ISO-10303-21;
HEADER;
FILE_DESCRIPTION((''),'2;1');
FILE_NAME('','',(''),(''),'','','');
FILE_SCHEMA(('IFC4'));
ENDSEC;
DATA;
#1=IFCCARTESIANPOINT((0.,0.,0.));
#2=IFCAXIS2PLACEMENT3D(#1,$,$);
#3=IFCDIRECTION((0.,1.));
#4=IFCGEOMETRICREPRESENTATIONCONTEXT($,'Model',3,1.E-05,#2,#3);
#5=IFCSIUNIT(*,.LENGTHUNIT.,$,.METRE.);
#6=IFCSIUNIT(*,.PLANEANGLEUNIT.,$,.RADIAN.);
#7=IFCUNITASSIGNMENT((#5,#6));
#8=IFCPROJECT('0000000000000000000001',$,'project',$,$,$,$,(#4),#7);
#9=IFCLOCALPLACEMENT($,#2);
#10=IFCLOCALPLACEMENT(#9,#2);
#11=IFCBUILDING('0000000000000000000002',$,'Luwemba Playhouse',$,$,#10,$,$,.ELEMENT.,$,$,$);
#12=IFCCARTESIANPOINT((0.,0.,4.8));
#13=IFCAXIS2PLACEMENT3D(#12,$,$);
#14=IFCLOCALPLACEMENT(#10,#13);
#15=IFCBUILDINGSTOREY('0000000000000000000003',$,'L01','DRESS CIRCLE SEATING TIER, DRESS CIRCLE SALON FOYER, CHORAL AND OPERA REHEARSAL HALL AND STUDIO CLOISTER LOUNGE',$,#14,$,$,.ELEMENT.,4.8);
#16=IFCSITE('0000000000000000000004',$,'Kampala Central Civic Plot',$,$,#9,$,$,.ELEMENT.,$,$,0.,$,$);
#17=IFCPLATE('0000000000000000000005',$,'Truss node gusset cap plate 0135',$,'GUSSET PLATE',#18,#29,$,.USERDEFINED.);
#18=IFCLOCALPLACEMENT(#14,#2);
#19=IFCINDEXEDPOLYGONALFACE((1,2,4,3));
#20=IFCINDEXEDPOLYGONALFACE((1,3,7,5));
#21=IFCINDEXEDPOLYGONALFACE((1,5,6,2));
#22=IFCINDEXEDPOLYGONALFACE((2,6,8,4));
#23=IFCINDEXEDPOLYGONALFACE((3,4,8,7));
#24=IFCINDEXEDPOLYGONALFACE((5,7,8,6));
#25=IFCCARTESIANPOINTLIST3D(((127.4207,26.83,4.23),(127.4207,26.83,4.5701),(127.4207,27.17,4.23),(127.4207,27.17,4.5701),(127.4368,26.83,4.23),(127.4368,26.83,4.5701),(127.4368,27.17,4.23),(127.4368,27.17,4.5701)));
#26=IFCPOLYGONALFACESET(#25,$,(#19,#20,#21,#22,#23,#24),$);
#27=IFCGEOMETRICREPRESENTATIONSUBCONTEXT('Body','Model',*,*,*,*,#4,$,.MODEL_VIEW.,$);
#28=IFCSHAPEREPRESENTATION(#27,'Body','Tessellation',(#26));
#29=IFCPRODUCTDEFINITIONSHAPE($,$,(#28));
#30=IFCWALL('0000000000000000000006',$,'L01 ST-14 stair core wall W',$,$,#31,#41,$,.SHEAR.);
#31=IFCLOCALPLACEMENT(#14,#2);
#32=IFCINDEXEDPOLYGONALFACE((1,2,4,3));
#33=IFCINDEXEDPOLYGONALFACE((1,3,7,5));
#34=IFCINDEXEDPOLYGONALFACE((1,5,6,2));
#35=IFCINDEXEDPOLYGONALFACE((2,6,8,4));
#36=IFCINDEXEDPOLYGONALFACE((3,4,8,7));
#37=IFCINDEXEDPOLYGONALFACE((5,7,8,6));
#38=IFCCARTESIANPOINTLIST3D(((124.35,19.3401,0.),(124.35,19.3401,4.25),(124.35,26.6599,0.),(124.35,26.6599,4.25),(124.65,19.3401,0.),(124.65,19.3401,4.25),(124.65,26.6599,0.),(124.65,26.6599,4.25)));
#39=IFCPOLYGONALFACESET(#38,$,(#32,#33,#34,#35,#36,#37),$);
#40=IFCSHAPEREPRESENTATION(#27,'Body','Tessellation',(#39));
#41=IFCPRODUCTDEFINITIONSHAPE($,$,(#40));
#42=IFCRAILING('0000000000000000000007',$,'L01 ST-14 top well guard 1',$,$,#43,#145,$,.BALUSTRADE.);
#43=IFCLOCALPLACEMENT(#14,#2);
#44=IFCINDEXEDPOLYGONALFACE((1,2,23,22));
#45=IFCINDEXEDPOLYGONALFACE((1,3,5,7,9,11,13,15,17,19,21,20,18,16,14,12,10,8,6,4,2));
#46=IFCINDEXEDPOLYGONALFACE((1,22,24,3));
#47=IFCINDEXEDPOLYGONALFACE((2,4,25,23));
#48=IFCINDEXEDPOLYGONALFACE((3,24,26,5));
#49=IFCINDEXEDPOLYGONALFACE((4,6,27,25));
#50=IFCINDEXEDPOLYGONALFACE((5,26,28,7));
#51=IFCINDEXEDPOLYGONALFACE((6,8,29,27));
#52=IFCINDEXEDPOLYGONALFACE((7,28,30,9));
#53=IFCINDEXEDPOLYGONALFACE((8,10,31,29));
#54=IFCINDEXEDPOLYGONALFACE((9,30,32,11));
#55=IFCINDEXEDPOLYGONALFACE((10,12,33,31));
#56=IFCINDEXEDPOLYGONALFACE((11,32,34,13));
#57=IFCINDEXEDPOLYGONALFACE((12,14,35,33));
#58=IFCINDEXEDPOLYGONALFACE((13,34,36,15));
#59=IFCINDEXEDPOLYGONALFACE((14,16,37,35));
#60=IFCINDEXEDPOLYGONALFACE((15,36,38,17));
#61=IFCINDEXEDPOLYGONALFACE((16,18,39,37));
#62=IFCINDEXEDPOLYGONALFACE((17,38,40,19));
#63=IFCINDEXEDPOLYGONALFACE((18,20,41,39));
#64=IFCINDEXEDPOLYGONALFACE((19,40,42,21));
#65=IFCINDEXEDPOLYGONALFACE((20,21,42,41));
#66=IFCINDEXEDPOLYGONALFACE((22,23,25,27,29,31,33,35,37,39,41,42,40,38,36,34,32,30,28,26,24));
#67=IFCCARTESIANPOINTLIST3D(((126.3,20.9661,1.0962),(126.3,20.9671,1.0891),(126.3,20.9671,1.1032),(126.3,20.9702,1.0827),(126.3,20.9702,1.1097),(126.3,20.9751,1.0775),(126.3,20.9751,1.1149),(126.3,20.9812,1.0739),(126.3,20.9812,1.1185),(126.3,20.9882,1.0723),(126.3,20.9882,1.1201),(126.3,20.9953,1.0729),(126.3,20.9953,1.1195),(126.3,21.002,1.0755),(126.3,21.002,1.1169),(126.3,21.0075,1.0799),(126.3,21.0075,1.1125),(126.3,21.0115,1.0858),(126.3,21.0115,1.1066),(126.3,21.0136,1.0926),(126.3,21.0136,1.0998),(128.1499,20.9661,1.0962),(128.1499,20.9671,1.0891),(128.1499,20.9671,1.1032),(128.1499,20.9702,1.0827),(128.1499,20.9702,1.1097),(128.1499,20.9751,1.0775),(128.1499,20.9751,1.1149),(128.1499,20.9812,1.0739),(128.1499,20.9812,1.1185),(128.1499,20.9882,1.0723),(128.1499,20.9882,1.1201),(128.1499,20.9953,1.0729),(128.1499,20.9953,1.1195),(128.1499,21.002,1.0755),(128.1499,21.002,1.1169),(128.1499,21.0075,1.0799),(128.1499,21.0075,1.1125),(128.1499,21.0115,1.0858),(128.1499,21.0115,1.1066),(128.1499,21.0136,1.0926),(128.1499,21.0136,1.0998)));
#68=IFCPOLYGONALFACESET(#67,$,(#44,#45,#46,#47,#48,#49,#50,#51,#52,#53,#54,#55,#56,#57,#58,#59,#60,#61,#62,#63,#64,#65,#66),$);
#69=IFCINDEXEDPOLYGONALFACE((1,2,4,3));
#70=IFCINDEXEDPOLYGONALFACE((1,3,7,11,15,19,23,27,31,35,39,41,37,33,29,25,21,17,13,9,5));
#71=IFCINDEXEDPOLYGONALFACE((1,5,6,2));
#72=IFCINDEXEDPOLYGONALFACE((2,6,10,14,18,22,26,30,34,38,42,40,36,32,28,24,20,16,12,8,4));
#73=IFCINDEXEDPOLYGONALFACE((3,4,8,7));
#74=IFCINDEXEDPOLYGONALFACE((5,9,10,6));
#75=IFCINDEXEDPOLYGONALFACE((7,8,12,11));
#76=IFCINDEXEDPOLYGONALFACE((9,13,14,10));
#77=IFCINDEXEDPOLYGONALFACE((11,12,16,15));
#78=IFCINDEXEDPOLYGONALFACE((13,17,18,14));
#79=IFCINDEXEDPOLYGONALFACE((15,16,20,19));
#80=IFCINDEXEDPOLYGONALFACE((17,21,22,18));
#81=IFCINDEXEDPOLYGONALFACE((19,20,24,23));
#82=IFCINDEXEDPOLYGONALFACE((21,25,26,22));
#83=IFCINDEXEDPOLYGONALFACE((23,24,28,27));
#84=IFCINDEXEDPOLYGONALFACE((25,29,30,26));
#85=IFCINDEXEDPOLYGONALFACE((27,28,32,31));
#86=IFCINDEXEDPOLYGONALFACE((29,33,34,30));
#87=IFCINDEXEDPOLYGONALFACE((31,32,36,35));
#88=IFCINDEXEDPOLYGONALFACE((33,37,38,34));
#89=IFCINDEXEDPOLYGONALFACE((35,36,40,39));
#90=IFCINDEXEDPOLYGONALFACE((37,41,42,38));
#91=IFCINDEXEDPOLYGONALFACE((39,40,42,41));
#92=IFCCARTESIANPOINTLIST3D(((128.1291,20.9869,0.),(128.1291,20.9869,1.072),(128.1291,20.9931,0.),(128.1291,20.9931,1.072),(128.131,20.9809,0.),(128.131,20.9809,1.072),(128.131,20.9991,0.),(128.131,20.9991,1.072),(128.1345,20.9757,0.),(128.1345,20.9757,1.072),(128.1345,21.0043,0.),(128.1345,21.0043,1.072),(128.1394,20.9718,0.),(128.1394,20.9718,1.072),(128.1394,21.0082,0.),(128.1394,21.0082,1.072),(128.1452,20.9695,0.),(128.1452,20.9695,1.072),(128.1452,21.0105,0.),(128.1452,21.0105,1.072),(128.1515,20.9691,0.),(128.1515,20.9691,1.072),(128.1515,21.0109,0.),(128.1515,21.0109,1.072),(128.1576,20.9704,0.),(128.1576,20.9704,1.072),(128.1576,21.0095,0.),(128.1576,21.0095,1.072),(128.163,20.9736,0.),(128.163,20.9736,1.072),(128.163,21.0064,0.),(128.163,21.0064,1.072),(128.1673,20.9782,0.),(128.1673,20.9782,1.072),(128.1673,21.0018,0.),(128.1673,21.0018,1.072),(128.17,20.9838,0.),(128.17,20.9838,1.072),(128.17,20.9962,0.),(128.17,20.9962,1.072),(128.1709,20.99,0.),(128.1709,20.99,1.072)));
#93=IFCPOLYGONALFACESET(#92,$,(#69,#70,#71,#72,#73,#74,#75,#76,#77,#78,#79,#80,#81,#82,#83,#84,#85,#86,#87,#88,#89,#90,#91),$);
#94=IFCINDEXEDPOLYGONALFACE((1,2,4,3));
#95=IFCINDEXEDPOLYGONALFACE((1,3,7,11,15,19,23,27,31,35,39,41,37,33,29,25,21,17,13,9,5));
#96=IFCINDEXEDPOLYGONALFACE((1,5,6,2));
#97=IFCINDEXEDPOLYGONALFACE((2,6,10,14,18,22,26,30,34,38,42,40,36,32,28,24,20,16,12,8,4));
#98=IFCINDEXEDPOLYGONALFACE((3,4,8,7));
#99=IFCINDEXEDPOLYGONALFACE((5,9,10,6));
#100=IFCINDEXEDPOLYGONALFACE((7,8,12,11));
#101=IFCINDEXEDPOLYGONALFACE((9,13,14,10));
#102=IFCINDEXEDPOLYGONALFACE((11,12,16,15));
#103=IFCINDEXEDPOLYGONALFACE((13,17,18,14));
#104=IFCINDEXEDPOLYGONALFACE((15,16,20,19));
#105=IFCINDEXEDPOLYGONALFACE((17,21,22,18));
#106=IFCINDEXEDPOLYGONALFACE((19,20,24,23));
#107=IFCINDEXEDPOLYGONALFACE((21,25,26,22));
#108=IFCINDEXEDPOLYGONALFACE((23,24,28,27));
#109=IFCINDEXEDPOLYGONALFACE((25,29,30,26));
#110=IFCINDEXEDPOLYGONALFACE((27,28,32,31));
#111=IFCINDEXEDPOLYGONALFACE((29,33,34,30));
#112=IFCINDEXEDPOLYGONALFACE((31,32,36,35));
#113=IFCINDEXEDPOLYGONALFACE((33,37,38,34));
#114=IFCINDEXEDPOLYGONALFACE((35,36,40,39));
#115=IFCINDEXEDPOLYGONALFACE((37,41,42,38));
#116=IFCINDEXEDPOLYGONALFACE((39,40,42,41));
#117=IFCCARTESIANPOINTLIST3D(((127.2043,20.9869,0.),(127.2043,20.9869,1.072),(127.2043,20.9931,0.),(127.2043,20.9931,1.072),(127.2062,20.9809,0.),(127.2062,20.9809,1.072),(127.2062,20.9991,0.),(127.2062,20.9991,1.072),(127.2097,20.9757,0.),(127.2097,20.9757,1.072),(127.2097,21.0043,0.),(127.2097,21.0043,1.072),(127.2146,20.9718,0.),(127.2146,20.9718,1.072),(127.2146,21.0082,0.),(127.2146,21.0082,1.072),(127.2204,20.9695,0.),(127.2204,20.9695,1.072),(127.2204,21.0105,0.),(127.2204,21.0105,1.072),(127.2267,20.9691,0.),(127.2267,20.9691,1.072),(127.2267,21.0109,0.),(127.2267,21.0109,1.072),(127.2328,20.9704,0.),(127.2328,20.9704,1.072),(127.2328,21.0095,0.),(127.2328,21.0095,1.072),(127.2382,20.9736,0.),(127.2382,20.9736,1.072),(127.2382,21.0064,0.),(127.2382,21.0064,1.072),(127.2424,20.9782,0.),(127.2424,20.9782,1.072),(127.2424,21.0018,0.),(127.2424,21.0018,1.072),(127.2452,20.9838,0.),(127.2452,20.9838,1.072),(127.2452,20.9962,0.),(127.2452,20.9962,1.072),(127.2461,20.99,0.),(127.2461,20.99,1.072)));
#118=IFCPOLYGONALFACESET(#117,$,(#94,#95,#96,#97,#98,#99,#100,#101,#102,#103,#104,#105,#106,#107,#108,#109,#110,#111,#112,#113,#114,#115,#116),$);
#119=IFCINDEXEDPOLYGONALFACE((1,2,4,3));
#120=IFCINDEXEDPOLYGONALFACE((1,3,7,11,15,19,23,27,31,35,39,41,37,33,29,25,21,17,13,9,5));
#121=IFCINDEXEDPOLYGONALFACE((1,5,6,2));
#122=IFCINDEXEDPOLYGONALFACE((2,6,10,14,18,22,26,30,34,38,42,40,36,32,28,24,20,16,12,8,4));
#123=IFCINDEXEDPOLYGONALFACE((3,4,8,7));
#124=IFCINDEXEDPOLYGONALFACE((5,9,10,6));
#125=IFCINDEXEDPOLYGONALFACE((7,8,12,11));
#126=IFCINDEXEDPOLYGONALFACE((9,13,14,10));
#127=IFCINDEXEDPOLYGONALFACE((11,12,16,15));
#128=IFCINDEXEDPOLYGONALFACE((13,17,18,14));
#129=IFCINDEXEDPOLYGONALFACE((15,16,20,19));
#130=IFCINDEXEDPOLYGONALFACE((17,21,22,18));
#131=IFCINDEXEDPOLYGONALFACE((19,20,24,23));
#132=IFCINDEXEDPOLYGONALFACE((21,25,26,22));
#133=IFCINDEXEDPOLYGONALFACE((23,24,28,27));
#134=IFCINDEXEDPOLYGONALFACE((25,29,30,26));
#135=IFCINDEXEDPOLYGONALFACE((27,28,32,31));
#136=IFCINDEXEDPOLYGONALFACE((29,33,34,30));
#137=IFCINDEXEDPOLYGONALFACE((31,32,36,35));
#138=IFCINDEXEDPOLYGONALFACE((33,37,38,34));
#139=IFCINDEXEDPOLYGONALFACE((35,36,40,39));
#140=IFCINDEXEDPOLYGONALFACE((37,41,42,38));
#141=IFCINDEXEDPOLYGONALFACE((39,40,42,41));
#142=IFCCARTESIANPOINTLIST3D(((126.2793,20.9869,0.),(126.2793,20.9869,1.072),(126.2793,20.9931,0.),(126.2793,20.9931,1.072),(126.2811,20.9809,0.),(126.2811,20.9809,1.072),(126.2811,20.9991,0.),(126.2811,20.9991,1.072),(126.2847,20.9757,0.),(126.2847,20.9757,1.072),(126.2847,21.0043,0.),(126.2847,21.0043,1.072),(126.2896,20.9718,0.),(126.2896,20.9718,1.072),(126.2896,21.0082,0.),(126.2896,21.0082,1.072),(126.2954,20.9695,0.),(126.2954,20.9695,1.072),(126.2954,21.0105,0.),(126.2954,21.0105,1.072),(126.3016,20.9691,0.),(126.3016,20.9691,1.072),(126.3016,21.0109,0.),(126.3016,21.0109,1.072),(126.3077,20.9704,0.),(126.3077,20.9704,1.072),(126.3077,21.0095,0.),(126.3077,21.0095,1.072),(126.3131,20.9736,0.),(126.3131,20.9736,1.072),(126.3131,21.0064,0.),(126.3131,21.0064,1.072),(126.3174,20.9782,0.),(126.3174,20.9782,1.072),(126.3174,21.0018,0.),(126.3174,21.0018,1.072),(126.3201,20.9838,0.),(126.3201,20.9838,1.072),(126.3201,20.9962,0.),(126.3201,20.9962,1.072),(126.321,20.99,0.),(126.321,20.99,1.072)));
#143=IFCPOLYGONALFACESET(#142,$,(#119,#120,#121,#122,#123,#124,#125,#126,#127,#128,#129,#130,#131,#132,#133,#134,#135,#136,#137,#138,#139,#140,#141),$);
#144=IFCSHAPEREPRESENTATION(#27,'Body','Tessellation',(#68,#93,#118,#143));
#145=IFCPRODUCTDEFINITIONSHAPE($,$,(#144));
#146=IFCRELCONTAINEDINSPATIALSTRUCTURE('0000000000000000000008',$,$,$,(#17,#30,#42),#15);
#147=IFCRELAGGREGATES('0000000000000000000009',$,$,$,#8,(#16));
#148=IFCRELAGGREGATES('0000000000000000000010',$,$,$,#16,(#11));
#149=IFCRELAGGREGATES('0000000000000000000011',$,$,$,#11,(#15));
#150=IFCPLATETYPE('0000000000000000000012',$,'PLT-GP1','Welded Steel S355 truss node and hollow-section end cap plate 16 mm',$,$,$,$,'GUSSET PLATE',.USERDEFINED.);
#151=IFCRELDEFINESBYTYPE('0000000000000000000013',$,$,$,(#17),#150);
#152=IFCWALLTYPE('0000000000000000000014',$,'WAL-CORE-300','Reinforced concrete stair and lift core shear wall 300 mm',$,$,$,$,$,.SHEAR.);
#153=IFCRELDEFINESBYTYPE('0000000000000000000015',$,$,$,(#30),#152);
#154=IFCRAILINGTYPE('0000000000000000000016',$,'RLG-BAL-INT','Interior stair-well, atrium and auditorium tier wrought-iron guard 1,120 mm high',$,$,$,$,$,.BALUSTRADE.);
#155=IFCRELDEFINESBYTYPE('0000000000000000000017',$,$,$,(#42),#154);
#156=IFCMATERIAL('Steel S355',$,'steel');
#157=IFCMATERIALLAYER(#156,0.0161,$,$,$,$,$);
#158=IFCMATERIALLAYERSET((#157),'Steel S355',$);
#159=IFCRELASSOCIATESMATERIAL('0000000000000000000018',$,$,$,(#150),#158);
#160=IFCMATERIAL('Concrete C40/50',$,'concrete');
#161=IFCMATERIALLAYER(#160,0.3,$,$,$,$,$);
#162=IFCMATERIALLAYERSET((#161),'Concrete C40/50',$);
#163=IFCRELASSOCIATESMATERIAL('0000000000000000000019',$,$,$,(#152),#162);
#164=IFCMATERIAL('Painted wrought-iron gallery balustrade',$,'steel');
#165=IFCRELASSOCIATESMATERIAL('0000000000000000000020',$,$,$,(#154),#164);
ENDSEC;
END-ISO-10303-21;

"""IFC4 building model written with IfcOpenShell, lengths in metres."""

from ifc_helpers import new_model, si_unit, direction, frame, frame_2d, origin, origin_2d, place, context, subcontext, project, spatial, rectangle, circle, extrude, material, layer, layer_set, type_object, element, save


model = new_model("IFC4")

# Units and contexts
model_context = context("Model", 3, precision=1e-05, world=origin(), true_north=direction((0.0, 1.0)))
body_context = subcontext(model_context, "Body", "Model", "MODEL_VIEW")
ifc_project = project(units=[si_unit("LENGTHUNIT", "METRE"), si_unit("PLANEANGLEUNIT", "RADIAN")], contexts=[model_context])

# Site, building, storey
site_placement = place(None, origin())
site = spatial("IfcSite", under=ifc_project, at=site_placement, Name="Kampala Central Civic Plot", CompositionType="ELEMENT", RefElevation=0.0)
building_placement = place(site_placement, origin())
building = spatial("IfcBuilding", under=site, at=building_placement, Name="Luwemba Playhouse", CompositionType="ELEMENT")
storey_placement = place(building_placement, frame((0.0, 0.0, 4.8)))
storey = spatial("IfcBuildingStorey", under=building, at=storey_placement, Name="L01", Description="DRESS CIRCLE SEATING TIER, DRESS CIRCLE SALON FOYER, CHORAL AND OPERA REHEARSAL HALL AND STUDIO CLOISTER LOUNGE", CompositionType="ELEMENT", Elevation=4.8)

# Shared definitions
ifc_material_1 = material(Name="Concrete C40/50", Category="concrete")

# Shared definitions
ifc_material_2 = material(Name="Steel S355", Category="steel")

# Plate
ifc_layer_1 = layer(ifc_material_2, 0.0161)
ifc_layer_set_1 = layer_set([ifc_layer_1], Name="Steel S355")
plate_type_1 = type_object("IfcPlateType", Name="PLT-GP1", Description="Welded Steel S355 truss node and hollow-section end cap plate 16 mm", ElementType="GUSSET PLATE", PredefinedType="USERDEFINED", material=ifc_layer_set_1)
plate_1_placement = place(storey_placement, frame((127.4287, 27.0, 4.23), z_axis=(0.0, 0.0, 1.0), x_axis=(1.0, 0.0, 0.0)))
element("IfcPlate", 1, at=plate_1_placement, inside=storey, type_object=plate_type_1, Name="Truss node gusset cap plate 0135", ObjectType="GUSSET PLATE", PredefinedType="USERDEFINED", context=body_context, shape_type="SweptSolid", body=[
    extrude(rectangle(XDim=0.0161, YDim=0.3401, at=origin_2d()), origin(), (0.0, 0.0, 1.0), 0.3401),
])

# Wall
ifc_layer_2 = layer(ifc_material_1, 0.3)
ifc_layer_set_2 = layer_set([ifc_layer_2], Name="Concrete C40/50")
wall_type = type_object("IfcWallType", Name="WAL-CORE-300", Description="Reinforced concrete stair and lift core shear wall 300 mm", PredefinedType="SHEAR", material=ifc_layer_set_2)
wall_1_placement = place(storey_placement, frame((124.5, 19.3401, 0.0), z_axis=(0.0, 0.0, 1.0), x_axis=(0.0, 1.0, 0.0)))
element("IfcWall", 2, at=wall_1_placement, inside=storey, type_object=wall_type, Name="L01 ST-14 stair core wall W", PredefinedType="SHEAR", context=body_context, shape_type="SweptSolid", body=[
    extrude(rectangle(XDim=7.3198, YDim=0.3, at=frame_2d((3.6599, 0.0))), origin(), (0.0, 0.0, 1.0), 4.25),
])

# Railing
ifc_material_3 = material(Name="Painted wrought-iron gallery balustrade", Category="steel")
railing_type = type_object("IfcRailingType", Name="RLG-BAL-INT", Description="Interior stair-well, atrium and auditorium tier wrought-iron guard 1,120 mm high", PredefinedType="BALUSTRADE", material=ifc_material_3)
railing_placement = place(storey_placement, frame((128.1499, 20.99, 0.0)))
element("IfcRailing", 3, at=railing_placement, inside=storey, type_object=railing_type, Name="L01 ST-14 top well guard 1", PredefinedType="BALUSTRADE", context=body_context, shape_type="SweptSolid", body=[
    extrude(circle(Radius=0.0239, at=origin_2d()), frame((0.0, 0.0, 1.0962), z_axis=(-1.0, 0.0, 0.0), x_axis=(0.0, -1.0, 0.0)), (0.0, 0.0, 1.0), 1.8499),
    extrude(circle(Radius=0.021, at=origin_2d()), origin(), (0.0, 0.0, 1.0), 1.072),
    extrude(circle(Radius=0.021, at=origin_2d()), frame((-0.9248, 0.0, 0.0)), (0.0, 0.0, 1.0), 1.072),
    extrude(circle(Radius=0.021, at=origin_2d()), frame((-1.8499, 0.0, 0.0)), (0.0, 0.0, 1.0), 1.072),
])

save(model, "model.ifc")
